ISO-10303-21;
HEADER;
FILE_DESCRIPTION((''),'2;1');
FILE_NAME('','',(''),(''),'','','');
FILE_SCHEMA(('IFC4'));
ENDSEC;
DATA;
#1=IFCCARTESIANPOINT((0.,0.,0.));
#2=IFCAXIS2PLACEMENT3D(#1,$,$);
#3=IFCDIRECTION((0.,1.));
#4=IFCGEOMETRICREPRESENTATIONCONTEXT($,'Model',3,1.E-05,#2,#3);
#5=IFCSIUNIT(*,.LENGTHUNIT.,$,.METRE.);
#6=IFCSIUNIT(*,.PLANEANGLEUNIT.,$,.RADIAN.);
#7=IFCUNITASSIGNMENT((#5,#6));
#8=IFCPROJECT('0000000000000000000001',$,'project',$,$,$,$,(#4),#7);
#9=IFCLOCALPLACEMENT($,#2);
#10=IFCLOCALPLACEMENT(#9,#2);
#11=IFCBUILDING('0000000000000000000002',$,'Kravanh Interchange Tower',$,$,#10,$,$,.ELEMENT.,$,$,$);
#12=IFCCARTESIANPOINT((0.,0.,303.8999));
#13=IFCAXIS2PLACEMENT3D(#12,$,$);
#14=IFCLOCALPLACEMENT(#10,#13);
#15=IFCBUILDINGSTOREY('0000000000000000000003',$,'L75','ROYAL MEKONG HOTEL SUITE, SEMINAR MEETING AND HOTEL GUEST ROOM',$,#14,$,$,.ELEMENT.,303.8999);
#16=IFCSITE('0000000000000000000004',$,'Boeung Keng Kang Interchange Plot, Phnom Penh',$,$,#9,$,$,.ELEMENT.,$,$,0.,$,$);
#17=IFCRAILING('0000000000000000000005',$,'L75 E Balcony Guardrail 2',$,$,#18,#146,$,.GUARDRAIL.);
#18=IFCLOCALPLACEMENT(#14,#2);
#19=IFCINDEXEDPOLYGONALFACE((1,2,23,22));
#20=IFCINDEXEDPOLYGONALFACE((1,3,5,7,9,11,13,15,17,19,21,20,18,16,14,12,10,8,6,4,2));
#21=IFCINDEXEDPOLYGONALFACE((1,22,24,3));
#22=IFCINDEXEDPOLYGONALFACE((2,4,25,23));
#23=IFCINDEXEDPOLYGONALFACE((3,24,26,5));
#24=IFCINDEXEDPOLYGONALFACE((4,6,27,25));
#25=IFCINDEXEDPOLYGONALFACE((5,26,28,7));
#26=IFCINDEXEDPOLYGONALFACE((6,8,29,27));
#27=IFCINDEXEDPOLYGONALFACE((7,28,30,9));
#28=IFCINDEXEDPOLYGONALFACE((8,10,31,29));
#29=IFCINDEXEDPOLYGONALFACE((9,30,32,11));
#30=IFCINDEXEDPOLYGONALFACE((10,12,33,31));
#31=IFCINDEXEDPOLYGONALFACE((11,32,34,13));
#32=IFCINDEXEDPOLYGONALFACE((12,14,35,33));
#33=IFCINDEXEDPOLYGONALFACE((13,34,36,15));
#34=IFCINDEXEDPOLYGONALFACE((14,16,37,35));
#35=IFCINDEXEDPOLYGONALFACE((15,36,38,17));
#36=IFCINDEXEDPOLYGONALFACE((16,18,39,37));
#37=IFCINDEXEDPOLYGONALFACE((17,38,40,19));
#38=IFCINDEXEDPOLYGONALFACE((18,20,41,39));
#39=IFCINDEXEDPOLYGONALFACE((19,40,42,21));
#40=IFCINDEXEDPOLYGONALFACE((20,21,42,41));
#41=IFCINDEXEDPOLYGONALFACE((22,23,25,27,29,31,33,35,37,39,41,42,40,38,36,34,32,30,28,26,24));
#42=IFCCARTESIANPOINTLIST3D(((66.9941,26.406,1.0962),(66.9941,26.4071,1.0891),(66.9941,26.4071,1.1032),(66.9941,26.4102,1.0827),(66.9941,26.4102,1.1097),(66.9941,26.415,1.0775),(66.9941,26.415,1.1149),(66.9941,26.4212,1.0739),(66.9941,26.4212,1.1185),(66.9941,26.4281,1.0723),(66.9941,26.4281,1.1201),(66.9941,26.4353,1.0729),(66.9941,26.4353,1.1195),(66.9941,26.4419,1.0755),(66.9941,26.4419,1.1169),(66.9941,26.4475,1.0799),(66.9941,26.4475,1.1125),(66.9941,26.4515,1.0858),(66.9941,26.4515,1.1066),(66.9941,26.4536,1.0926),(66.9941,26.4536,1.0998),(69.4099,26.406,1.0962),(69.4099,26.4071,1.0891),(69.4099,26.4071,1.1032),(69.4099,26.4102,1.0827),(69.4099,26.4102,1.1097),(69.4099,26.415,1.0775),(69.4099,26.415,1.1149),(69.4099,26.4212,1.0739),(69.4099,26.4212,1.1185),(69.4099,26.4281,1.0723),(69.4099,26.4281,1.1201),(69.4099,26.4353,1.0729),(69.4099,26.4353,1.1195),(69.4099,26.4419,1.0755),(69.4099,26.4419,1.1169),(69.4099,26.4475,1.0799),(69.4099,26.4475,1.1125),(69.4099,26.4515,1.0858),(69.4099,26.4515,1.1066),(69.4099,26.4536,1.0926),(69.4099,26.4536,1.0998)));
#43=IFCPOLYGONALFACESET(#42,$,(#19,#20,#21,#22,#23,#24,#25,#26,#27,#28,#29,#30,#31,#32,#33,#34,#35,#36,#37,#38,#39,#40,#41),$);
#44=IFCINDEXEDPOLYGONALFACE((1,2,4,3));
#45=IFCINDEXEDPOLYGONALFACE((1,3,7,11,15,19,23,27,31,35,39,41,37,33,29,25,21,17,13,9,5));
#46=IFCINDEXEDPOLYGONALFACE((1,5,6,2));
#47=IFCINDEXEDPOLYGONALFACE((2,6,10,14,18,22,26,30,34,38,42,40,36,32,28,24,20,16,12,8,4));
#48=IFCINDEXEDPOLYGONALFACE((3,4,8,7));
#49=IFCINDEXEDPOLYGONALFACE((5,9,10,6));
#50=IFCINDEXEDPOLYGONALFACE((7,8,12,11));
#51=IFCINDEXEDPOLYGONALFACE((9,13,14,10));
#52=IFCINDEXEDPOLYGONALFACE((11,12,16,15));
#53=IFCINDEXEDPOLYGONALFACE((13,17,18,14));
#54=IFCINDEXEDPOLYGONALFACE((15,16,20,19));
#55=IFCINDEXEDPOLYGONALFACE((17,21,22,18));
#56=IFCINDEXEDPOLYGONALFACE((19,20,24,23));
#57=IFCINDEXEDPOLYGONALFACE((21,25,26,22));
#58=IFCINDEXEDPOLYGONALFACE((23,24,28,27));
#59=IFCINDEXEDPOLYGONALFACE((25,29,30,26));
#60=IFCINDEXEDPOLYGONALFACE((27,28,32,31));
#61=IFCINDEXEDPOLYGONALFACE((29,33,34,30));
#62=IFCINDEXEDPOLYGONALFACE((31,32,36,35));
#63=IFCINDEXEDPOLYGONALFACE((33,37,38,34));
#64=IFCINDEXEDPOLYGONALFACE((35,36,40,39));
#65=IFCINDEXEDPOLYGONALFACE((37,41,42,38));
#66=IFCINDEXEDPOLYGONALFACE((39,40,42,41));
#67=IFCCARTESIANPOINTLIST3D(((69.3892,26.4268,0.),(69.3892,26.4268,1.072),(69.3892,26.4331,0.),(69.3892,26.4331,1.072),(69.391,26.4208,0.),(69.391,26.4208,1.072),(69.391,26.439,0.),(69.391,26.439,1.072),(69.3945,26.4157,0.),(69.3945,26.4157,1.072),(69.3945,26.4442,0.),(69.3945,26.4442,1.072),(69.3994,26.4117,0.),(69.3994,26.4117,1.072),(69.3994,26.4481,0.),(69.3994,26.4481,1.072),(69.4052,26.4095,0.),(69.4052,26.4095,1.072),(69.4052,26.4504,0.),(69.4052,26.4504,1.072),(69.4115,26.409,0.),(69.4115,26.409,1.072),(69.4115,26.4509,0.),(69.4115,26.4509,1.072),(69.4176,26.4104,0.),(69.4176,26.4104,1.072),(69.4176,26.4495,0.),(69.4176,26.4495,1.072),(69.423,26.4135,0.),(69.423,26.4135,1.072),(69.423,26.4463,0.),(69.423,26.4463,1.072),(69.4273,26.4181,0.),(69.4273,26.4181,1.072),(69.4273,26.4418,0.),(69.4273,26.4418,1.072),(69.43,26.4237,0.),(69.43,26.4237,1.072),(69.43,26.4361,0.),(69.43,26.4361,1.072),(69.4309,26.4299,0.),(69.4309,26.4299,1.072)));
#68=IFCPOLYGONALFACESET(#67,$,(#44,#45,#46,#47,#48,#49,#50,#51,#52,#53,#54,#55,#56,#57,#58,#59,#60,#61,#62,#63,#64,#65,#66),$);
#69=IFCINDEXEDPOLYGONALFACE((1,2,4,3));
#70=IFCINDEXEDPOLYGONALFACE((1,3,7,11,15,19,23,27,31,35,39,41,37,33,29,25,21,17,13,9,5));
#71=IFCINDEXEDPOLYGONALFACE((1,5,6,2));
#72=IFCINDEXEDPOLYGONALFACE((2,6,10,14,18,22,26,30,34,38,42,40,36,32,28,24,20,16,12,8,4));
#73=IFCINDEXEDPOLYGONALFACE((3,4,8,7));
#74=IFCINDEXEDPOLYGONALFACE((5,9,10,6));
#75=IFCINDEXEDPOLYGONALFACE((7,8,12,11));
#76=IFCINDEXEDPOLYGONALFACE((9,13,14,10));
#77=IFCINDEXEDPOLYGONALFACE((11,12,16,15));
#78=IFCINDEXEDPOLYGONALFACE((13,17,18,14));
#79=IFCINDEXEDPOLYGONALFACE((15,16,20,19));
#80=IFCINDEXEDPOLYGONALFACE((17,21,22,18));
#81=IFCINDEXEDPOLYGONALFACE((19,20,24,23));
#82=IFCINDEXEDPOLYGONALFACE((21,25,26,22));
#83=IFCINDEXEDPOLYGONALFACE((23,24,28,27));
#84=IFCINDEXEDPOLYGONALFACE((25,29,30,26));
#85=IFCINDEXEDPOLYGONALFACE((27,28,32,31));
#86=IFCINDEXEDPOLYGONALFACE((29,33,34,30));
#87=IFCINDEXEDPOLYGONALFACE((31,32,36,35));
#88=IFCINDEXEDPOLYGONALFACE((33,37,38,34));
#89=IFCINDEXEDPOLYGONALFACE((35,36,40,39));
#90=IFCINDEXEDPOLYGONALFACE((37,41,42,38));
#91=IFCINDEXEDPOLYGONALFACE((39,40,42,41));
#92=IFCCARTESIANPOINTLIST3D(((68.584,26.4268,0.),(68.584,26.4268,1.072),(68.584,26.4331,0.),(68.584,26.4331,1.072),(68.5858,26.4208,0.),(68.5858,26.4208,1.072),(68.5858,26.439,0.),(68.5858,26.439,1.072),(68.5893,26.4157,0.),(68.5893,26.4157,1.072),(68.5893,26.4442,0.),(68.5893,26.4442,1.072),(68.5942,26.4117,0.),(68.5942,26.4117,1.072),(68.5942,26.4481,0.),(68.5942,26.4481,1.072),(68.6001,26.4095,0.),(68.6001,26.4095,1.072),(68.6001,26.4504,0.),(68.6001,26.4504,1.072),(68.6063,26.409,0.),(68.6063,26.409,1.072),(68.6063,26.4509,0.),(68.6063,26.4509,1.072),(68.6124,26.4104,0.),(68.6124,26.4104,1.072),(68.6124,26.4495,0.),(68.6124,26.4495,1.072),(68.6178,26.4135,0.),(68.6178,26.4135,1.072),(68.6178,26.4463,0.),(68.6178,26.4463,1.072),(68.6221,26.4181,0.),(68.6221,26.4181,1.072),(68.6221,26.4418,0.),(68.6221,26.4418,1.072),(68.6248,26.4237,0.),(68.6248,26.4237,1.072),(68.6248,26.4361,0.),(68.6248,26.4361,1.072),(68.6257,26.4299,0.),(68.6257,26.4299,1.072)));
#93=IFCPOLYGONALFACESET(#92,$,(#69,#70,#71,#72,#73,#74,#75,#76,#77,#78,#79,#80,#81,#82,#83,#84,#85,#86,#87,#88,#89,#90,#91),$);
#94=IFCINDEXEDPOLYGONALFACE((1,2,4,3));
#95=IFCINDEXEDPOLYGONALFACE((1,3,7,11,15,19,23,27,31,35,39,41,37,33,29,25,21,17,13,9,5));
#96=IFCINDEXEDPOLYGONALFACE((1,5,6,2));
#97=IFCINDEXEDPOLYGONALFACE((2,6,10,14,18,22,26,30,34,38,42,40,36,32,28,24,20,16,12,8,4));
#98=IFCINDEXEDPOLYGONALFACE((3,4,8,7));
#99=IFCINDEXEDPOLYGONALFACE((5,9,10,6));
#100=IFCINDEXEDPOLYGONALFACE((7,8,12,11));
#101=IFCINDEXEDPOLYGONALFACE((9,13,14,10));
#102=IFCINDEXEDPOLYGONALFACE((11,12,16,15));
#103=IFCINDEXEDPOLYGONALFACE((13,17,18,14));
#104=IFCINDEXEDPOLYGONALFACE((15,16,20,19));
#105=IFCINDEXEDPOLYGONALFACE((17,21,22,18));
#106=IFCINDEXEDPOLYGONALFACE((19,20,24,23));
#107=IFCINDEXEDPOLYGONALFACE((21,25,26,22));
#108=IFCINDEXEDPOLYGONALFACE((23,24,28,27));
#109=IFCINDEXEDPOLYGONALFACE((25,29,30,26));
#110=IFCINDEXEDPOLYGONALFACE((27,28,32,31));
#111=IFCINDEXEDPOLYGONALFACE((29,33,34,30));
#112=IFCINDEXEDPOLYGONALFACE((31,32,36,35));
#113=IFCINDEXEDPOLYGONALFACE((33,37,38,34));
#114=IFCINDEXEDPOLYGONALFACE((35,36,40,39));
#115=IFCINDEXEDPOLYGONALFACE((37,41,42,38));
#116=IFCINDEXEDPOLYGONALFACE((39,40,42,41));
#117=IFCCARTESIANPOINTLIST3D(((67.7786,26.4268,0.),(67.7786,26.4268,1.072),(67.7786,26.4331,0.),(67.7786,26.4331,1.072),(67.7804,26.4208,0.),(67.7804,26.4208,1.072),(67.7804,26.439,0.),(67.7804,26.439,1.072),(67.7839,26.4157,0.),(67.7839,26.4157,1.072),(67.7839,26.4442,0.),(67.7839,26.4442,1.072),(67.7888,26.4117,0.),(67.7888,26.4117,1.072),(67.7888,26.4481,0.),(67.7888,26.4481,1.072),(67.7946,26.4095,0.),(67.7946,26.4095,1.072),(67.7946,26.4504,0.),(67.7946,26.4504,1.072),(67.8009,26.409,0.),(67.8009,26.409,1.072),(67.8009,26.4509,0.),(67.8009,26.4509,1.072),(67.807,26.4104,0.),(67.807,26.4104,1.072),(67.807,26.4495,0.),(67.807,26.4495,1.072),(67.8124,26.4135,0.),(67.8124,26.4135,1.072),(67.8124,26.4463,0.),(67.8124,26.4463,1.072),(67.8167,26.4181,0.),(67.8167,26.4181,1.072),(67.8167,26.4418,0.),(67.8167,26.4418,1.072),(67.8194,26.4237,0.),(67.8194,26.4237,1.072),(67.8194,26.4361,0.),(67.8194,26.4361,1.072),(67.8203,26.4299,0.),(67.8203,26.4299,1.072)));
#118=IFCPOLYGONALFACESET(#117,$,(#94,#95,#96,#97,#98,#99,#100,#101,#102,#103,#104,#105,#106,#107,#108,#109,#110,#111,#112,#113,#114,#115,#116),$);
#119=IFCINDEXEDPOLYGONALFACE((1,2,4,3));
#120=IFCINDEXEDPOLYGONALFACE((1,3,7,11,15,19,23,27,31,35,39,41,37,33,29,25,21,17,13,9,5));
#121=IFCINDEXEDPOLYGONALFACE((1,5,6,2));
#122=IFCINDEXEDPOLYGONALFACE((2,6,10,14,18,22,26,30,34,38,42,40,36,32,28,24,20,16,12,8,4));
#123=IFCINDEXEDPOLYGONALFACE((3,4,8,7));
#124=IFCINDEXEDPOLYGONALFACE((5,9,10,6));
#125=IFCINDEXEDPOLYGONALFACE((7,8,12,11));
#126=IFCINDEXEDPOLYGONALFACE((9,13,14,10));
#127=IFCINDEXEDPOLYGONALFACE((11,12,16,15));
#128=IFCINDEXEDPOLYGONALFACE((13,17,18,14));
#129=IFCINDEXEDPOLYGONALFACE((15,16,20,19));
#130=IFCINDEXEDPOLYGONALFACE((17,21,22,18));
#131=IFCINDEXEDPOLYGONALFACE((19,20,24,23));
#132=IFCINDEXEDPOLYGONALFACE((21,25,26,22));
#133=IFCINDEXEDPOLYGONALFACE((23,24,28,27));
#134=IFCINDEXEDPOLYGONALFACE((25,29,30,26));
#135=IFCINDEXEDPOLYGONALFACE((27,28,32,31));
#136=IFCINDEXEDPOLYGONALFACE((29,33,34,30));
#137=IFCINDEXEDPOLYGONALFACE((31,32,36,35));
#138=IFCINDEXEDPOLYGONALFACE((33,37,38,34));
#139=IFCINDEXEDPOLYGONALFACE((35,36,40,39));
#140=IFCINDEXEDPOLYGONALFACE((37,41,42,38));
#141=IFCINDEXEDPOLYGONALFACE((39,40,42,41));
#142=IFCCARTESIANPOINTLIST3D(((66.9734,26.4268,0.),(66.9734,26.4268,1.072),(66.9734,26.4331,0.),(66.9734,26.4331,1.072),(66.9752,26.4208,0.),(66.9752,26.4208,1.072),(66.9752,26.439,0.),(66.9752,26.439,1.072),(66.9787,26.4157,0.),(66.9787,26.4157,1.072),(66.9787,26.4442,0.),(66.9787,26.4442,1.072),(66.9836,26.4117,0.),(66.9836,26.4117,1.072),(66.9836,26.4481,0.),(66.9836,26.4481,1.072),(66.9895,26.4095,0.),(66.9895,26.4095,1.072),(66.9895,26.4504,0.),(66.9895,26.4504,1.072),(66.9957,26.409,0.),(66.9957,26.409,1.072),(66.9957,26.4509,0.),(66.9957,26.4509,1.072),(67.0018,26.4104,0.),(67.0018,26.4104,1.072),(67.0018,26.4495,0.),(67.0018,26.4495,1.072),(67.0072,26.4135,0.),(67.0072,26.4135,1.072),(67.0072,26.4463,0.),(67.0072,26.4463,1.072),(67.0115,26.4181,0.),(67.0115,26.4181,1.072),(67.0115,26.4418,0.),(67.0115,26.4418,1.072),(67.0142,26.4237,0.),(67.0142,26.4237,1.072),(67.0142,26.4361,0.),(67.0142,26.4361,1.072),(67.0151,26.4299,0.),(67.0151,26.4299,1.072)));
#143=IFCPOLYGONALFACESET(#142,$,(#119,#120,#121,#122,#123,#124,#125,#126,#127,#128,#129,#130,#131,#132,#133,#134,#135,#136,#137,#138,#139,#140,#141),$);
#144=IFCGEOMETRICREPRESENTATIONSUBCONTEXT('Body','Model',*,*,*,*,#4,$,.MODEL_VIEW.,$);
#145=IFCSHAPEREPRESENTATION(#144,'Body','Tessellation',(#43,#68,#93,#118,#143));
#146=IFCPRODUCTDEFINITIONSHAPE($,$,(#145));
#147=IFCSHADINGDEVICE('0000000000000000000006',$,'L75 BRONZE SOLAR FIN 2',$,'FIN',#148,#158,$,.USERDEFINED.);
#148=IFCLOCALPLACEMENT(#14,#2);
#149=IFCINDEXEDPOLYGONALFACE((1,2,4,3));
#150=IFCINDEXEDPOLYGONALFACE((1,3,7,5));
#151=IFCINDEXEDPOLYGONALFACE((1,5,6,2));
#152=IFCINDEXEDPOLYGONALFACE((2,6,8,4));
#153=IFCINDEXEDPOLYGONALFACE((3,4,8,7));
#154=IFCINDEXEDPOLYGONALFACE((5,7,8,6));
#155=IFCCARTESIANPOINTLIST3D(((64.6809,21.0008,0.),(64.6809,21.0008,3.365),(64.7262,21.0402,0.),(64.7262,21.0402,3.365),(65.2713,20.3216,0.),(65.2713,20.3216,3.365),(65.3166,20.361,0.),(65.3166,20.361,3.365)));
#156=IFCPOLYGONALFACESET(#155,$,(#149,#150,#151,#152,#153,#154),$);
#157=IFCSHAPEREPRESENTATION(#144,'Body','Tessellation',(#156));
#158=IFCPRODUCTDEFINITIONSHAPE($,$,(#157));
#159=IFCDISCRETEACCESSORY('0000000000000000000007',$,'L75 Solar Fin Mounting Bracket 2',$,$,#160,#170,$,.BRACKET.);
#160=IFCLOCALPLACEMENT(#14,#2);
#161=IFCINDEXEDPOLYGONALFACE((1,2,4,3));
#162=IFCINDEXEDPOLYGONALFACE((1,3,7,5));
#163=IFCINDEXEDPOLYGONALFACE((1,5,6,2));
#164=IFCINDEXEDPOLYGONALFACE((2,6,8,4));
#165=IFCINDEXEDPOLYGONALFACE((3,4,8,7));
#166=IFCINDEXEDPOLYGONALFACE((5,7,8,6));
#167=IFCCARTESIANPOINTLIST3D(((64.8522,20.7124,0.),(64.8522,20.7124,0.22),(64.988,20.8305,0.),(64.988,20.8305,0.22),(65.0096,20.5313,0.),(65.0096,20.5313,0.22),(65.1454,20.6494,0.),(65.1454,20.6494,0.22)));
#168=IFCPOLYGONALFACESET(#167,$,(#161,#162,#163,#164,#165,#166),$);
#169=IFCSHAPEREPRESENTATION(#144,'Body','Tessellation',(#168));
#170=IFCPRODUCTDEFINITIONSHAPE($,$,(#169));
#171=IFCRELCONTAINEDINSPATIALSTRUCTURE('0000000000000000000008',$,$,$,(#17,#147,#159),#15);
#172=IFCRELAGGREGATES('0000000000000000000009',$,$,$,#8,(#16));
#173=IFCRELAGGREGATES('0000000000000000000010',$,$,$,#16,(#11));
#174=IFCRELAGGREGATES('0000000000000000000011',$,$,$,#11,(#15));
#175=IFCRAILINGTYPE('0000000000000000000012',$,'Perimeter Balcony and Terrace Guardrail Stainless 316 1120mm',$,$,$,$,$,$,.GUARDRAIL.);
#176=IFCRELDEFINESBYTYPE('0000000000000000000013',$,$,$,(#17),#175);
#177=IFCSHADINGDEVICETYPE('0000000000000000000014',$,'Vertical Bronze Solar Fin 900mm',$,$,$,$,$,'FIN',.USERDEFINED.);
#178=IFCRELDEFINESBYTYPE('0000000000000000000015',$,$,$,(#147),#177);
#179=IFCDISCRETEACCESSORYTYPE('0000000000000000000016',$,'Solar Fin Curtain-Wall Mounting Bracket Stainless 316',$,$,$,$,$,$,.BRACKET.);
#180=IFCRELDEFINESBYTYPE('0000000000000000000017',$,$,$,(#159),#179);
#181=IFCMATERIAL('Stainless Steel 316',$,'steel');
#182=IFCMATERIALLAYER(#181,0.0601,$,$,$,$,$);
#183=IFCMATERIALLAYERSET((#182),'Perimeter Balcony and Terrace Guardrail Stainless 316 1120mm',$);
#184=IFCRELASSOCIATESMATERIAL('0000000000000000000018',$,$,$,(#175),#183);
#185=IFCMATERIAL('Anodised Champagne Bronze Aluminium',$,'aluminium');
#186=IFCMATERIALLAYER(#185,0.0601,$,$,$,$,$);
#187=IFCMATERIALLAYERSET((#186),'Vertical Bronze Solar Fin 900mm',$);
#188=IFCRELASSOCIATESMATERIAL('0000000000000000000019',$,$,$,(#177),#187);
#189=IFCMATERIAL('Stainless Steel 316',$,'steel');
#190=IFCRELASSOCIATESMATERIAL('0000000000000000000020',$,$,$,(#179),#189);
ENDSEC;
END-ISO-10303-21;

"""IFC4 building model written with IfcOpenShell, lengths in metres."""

from ifc_helpers import new_model, si_unit, direction, frame, origin, origin_2d, place, context, subcontext, project, spatial, rectangle, circle, extrude, material, layer, layer_set, type_object, element, save


model = new_model("IFC4")

# Units and contexts
model_context = context("Model", 3, precision=1e-05, world=origin(), true_north=direction((0.0, 1.0)))
body_context = subcontext(model_context, "Body", "Model", "MODEL_VIEW")
ifc_project = project(units=[si_unit("LENGTHUNIT", "METRE"), si_unit("PLANEANGLEUNIT", "RADIAN")], contexts=[model_context])

# Site, building, storey
site_placement = place(None, origin())
site = spatial("IfcSite", under=ifc_project, at=site_placement, Name="Boeung Keng Kang Interchange Plot, Phnom Penh", CompositionType="ELEMENT", RefElevation=0.0)
building_placement = place(site_placement, origin())
building = spatial("IfcBuilding", under=site, at=building_placement, Name="Kravanh Interchange Tower", CompositionType="ELEMENT")
storey_placement = place(building_placement, frame((0.0, 0.0, 303.8999)))
storey = spatial("IfcBuildingStorey", under=building, at=storey_placement, Name="L75", Description="ROYAL MEKONG HOTEL SUITE, SEMINAR MEETING AND HOTEL GUEST ROOM", CompositionType="ELEMENT", Elevation=303.8999)

# Railing
ifc_material_1 = material(Name="Stainless Steel 316", Category="steel")
ifc_layer_1 = layer(ifc_material_1, 0.0601)
ifc_layer_set_1 = layer_set([ifc_layer_1], Name="Perimeter Balcony and Terrace Guardrail Stainless 316 1120mm")
railing_type = type_object("IfcRailingType", Name="Perimeter Balcony and Terrace Guardrail Stainless 316 1120mm", PredefinedType="GUARDRAIL", material=ifc_layer_set_1)
railing_placement = place(storey_placement, frame((69.4099, 26.4299, 0.0)))
element("IfcRailing", 1, at=railing_placement, inside=storey, type_object=railing_type, Name="L75 E Balcony Guardrail 2", PredefinedType="GUARDRAIL", context=body_context, shape_type="SweptSolid", body=[
    extrude(circle(Radius=0.0239, at=origin_2d()), frame((0.0, 0.0, 1.0962), z_axis=(-1.0, 0.0, 0.0), x_axis=(0.0, -1.0, 0.0)), (0.0, 0.0, 1.0), 2.4158),
    extrude(circle(Radius=0.021, at=origin_2d()), origin(), (0.0, 0.0, 1.0), 1.072),
    extrude(circle(Radius=0.021, at=origin_2d()), frame((-0.8052, 0.0, 0.0)), (0.0, 0.0, 1.0), 1.072),
    extrude(circle(Radius=0.021, at=origin_2d()), frame((-1.6106, 0.0, 0.0)), (0.0, 0.0, 1.0), 1.072),
    extrude(circle(Radius=0.021, at=origin_2d()), frame((-2.4158, 0.0, 0.0)), (0.0, 0.0, 1.0), 1.072),
])

# Shading device
ifc_material_2 = material(Name="Anodised Champagne Bronze Aluminium", Category="aluminium")
ifc_layer_2 = layer(ifc_material_2, 0.0601)
ifc_layer_set_2 = layer_set([ifc_layer_2], Name="Vertical Bronze Solar Fin 900mm")
shading_device_type = type_object("IfcShadingDeviceType", Name="Vertical Bronze Solar Fin 900mm", ElementType="FIN", PredefinedType="USERDEFINED", material=ifc_layer_set_2)
shading_device_placement = place(storey_placement, frame((64.9988, 20.6809, 0.0), z_axis=(0.0, 0.0, 1.0), x_axis=(0.65606, -0.754709, 0.0)))
element("IfcShadingDevice", 2, at=shading_device_placement, inside=storey, type_object=shading_device_type, Name="L75 BRONZE SOLAR FIN 2", ObjectType="FIN", PredefinedType="USERDEFINED", context=body_context, shape_type="SweptSolid", body=[
    extrude(rectangle(XDim=0.8999, YDim=0.0601, at=origin_2d()), origin(), (0.0, 0.0, 1.0), 3.365),
])

# Discrete accessory
ifc_material_3 = material(Name="Stainless Steel 316", Category="steel")
discrete_accessory_type = type_object("IfcDiscreteAccessoryType", Name="Solar Fin Curtain-Wall Mounting Bracket Stainless 316", PredefinedType="BRACKET", material=ifc_material_3)
discrete_accessory_placement = place(storey_placement, frame((64.9988, 20.6809, 0.0), z_axis=(0.0, 0.0, 1.0), x_axis=(0.65606, -0.754709, 0.0)))
element("IfcDiscreteAccessory", 3, at=discrete_accessory_placement, inside=storey, type_object=discrete_accessory_type, Name="L75 Solar Fin Mounting Bracket 2", PredefinedType="BRACKET", context=body_context, shape_type="SweptSolid", body=[
    extrude(rectangle(XDim=0.24, YDim=0.1799, at=origin_2d()), origin(), (0.0, 0.0, 1.0), 0.22),
])

save(model, "model.ifc")
